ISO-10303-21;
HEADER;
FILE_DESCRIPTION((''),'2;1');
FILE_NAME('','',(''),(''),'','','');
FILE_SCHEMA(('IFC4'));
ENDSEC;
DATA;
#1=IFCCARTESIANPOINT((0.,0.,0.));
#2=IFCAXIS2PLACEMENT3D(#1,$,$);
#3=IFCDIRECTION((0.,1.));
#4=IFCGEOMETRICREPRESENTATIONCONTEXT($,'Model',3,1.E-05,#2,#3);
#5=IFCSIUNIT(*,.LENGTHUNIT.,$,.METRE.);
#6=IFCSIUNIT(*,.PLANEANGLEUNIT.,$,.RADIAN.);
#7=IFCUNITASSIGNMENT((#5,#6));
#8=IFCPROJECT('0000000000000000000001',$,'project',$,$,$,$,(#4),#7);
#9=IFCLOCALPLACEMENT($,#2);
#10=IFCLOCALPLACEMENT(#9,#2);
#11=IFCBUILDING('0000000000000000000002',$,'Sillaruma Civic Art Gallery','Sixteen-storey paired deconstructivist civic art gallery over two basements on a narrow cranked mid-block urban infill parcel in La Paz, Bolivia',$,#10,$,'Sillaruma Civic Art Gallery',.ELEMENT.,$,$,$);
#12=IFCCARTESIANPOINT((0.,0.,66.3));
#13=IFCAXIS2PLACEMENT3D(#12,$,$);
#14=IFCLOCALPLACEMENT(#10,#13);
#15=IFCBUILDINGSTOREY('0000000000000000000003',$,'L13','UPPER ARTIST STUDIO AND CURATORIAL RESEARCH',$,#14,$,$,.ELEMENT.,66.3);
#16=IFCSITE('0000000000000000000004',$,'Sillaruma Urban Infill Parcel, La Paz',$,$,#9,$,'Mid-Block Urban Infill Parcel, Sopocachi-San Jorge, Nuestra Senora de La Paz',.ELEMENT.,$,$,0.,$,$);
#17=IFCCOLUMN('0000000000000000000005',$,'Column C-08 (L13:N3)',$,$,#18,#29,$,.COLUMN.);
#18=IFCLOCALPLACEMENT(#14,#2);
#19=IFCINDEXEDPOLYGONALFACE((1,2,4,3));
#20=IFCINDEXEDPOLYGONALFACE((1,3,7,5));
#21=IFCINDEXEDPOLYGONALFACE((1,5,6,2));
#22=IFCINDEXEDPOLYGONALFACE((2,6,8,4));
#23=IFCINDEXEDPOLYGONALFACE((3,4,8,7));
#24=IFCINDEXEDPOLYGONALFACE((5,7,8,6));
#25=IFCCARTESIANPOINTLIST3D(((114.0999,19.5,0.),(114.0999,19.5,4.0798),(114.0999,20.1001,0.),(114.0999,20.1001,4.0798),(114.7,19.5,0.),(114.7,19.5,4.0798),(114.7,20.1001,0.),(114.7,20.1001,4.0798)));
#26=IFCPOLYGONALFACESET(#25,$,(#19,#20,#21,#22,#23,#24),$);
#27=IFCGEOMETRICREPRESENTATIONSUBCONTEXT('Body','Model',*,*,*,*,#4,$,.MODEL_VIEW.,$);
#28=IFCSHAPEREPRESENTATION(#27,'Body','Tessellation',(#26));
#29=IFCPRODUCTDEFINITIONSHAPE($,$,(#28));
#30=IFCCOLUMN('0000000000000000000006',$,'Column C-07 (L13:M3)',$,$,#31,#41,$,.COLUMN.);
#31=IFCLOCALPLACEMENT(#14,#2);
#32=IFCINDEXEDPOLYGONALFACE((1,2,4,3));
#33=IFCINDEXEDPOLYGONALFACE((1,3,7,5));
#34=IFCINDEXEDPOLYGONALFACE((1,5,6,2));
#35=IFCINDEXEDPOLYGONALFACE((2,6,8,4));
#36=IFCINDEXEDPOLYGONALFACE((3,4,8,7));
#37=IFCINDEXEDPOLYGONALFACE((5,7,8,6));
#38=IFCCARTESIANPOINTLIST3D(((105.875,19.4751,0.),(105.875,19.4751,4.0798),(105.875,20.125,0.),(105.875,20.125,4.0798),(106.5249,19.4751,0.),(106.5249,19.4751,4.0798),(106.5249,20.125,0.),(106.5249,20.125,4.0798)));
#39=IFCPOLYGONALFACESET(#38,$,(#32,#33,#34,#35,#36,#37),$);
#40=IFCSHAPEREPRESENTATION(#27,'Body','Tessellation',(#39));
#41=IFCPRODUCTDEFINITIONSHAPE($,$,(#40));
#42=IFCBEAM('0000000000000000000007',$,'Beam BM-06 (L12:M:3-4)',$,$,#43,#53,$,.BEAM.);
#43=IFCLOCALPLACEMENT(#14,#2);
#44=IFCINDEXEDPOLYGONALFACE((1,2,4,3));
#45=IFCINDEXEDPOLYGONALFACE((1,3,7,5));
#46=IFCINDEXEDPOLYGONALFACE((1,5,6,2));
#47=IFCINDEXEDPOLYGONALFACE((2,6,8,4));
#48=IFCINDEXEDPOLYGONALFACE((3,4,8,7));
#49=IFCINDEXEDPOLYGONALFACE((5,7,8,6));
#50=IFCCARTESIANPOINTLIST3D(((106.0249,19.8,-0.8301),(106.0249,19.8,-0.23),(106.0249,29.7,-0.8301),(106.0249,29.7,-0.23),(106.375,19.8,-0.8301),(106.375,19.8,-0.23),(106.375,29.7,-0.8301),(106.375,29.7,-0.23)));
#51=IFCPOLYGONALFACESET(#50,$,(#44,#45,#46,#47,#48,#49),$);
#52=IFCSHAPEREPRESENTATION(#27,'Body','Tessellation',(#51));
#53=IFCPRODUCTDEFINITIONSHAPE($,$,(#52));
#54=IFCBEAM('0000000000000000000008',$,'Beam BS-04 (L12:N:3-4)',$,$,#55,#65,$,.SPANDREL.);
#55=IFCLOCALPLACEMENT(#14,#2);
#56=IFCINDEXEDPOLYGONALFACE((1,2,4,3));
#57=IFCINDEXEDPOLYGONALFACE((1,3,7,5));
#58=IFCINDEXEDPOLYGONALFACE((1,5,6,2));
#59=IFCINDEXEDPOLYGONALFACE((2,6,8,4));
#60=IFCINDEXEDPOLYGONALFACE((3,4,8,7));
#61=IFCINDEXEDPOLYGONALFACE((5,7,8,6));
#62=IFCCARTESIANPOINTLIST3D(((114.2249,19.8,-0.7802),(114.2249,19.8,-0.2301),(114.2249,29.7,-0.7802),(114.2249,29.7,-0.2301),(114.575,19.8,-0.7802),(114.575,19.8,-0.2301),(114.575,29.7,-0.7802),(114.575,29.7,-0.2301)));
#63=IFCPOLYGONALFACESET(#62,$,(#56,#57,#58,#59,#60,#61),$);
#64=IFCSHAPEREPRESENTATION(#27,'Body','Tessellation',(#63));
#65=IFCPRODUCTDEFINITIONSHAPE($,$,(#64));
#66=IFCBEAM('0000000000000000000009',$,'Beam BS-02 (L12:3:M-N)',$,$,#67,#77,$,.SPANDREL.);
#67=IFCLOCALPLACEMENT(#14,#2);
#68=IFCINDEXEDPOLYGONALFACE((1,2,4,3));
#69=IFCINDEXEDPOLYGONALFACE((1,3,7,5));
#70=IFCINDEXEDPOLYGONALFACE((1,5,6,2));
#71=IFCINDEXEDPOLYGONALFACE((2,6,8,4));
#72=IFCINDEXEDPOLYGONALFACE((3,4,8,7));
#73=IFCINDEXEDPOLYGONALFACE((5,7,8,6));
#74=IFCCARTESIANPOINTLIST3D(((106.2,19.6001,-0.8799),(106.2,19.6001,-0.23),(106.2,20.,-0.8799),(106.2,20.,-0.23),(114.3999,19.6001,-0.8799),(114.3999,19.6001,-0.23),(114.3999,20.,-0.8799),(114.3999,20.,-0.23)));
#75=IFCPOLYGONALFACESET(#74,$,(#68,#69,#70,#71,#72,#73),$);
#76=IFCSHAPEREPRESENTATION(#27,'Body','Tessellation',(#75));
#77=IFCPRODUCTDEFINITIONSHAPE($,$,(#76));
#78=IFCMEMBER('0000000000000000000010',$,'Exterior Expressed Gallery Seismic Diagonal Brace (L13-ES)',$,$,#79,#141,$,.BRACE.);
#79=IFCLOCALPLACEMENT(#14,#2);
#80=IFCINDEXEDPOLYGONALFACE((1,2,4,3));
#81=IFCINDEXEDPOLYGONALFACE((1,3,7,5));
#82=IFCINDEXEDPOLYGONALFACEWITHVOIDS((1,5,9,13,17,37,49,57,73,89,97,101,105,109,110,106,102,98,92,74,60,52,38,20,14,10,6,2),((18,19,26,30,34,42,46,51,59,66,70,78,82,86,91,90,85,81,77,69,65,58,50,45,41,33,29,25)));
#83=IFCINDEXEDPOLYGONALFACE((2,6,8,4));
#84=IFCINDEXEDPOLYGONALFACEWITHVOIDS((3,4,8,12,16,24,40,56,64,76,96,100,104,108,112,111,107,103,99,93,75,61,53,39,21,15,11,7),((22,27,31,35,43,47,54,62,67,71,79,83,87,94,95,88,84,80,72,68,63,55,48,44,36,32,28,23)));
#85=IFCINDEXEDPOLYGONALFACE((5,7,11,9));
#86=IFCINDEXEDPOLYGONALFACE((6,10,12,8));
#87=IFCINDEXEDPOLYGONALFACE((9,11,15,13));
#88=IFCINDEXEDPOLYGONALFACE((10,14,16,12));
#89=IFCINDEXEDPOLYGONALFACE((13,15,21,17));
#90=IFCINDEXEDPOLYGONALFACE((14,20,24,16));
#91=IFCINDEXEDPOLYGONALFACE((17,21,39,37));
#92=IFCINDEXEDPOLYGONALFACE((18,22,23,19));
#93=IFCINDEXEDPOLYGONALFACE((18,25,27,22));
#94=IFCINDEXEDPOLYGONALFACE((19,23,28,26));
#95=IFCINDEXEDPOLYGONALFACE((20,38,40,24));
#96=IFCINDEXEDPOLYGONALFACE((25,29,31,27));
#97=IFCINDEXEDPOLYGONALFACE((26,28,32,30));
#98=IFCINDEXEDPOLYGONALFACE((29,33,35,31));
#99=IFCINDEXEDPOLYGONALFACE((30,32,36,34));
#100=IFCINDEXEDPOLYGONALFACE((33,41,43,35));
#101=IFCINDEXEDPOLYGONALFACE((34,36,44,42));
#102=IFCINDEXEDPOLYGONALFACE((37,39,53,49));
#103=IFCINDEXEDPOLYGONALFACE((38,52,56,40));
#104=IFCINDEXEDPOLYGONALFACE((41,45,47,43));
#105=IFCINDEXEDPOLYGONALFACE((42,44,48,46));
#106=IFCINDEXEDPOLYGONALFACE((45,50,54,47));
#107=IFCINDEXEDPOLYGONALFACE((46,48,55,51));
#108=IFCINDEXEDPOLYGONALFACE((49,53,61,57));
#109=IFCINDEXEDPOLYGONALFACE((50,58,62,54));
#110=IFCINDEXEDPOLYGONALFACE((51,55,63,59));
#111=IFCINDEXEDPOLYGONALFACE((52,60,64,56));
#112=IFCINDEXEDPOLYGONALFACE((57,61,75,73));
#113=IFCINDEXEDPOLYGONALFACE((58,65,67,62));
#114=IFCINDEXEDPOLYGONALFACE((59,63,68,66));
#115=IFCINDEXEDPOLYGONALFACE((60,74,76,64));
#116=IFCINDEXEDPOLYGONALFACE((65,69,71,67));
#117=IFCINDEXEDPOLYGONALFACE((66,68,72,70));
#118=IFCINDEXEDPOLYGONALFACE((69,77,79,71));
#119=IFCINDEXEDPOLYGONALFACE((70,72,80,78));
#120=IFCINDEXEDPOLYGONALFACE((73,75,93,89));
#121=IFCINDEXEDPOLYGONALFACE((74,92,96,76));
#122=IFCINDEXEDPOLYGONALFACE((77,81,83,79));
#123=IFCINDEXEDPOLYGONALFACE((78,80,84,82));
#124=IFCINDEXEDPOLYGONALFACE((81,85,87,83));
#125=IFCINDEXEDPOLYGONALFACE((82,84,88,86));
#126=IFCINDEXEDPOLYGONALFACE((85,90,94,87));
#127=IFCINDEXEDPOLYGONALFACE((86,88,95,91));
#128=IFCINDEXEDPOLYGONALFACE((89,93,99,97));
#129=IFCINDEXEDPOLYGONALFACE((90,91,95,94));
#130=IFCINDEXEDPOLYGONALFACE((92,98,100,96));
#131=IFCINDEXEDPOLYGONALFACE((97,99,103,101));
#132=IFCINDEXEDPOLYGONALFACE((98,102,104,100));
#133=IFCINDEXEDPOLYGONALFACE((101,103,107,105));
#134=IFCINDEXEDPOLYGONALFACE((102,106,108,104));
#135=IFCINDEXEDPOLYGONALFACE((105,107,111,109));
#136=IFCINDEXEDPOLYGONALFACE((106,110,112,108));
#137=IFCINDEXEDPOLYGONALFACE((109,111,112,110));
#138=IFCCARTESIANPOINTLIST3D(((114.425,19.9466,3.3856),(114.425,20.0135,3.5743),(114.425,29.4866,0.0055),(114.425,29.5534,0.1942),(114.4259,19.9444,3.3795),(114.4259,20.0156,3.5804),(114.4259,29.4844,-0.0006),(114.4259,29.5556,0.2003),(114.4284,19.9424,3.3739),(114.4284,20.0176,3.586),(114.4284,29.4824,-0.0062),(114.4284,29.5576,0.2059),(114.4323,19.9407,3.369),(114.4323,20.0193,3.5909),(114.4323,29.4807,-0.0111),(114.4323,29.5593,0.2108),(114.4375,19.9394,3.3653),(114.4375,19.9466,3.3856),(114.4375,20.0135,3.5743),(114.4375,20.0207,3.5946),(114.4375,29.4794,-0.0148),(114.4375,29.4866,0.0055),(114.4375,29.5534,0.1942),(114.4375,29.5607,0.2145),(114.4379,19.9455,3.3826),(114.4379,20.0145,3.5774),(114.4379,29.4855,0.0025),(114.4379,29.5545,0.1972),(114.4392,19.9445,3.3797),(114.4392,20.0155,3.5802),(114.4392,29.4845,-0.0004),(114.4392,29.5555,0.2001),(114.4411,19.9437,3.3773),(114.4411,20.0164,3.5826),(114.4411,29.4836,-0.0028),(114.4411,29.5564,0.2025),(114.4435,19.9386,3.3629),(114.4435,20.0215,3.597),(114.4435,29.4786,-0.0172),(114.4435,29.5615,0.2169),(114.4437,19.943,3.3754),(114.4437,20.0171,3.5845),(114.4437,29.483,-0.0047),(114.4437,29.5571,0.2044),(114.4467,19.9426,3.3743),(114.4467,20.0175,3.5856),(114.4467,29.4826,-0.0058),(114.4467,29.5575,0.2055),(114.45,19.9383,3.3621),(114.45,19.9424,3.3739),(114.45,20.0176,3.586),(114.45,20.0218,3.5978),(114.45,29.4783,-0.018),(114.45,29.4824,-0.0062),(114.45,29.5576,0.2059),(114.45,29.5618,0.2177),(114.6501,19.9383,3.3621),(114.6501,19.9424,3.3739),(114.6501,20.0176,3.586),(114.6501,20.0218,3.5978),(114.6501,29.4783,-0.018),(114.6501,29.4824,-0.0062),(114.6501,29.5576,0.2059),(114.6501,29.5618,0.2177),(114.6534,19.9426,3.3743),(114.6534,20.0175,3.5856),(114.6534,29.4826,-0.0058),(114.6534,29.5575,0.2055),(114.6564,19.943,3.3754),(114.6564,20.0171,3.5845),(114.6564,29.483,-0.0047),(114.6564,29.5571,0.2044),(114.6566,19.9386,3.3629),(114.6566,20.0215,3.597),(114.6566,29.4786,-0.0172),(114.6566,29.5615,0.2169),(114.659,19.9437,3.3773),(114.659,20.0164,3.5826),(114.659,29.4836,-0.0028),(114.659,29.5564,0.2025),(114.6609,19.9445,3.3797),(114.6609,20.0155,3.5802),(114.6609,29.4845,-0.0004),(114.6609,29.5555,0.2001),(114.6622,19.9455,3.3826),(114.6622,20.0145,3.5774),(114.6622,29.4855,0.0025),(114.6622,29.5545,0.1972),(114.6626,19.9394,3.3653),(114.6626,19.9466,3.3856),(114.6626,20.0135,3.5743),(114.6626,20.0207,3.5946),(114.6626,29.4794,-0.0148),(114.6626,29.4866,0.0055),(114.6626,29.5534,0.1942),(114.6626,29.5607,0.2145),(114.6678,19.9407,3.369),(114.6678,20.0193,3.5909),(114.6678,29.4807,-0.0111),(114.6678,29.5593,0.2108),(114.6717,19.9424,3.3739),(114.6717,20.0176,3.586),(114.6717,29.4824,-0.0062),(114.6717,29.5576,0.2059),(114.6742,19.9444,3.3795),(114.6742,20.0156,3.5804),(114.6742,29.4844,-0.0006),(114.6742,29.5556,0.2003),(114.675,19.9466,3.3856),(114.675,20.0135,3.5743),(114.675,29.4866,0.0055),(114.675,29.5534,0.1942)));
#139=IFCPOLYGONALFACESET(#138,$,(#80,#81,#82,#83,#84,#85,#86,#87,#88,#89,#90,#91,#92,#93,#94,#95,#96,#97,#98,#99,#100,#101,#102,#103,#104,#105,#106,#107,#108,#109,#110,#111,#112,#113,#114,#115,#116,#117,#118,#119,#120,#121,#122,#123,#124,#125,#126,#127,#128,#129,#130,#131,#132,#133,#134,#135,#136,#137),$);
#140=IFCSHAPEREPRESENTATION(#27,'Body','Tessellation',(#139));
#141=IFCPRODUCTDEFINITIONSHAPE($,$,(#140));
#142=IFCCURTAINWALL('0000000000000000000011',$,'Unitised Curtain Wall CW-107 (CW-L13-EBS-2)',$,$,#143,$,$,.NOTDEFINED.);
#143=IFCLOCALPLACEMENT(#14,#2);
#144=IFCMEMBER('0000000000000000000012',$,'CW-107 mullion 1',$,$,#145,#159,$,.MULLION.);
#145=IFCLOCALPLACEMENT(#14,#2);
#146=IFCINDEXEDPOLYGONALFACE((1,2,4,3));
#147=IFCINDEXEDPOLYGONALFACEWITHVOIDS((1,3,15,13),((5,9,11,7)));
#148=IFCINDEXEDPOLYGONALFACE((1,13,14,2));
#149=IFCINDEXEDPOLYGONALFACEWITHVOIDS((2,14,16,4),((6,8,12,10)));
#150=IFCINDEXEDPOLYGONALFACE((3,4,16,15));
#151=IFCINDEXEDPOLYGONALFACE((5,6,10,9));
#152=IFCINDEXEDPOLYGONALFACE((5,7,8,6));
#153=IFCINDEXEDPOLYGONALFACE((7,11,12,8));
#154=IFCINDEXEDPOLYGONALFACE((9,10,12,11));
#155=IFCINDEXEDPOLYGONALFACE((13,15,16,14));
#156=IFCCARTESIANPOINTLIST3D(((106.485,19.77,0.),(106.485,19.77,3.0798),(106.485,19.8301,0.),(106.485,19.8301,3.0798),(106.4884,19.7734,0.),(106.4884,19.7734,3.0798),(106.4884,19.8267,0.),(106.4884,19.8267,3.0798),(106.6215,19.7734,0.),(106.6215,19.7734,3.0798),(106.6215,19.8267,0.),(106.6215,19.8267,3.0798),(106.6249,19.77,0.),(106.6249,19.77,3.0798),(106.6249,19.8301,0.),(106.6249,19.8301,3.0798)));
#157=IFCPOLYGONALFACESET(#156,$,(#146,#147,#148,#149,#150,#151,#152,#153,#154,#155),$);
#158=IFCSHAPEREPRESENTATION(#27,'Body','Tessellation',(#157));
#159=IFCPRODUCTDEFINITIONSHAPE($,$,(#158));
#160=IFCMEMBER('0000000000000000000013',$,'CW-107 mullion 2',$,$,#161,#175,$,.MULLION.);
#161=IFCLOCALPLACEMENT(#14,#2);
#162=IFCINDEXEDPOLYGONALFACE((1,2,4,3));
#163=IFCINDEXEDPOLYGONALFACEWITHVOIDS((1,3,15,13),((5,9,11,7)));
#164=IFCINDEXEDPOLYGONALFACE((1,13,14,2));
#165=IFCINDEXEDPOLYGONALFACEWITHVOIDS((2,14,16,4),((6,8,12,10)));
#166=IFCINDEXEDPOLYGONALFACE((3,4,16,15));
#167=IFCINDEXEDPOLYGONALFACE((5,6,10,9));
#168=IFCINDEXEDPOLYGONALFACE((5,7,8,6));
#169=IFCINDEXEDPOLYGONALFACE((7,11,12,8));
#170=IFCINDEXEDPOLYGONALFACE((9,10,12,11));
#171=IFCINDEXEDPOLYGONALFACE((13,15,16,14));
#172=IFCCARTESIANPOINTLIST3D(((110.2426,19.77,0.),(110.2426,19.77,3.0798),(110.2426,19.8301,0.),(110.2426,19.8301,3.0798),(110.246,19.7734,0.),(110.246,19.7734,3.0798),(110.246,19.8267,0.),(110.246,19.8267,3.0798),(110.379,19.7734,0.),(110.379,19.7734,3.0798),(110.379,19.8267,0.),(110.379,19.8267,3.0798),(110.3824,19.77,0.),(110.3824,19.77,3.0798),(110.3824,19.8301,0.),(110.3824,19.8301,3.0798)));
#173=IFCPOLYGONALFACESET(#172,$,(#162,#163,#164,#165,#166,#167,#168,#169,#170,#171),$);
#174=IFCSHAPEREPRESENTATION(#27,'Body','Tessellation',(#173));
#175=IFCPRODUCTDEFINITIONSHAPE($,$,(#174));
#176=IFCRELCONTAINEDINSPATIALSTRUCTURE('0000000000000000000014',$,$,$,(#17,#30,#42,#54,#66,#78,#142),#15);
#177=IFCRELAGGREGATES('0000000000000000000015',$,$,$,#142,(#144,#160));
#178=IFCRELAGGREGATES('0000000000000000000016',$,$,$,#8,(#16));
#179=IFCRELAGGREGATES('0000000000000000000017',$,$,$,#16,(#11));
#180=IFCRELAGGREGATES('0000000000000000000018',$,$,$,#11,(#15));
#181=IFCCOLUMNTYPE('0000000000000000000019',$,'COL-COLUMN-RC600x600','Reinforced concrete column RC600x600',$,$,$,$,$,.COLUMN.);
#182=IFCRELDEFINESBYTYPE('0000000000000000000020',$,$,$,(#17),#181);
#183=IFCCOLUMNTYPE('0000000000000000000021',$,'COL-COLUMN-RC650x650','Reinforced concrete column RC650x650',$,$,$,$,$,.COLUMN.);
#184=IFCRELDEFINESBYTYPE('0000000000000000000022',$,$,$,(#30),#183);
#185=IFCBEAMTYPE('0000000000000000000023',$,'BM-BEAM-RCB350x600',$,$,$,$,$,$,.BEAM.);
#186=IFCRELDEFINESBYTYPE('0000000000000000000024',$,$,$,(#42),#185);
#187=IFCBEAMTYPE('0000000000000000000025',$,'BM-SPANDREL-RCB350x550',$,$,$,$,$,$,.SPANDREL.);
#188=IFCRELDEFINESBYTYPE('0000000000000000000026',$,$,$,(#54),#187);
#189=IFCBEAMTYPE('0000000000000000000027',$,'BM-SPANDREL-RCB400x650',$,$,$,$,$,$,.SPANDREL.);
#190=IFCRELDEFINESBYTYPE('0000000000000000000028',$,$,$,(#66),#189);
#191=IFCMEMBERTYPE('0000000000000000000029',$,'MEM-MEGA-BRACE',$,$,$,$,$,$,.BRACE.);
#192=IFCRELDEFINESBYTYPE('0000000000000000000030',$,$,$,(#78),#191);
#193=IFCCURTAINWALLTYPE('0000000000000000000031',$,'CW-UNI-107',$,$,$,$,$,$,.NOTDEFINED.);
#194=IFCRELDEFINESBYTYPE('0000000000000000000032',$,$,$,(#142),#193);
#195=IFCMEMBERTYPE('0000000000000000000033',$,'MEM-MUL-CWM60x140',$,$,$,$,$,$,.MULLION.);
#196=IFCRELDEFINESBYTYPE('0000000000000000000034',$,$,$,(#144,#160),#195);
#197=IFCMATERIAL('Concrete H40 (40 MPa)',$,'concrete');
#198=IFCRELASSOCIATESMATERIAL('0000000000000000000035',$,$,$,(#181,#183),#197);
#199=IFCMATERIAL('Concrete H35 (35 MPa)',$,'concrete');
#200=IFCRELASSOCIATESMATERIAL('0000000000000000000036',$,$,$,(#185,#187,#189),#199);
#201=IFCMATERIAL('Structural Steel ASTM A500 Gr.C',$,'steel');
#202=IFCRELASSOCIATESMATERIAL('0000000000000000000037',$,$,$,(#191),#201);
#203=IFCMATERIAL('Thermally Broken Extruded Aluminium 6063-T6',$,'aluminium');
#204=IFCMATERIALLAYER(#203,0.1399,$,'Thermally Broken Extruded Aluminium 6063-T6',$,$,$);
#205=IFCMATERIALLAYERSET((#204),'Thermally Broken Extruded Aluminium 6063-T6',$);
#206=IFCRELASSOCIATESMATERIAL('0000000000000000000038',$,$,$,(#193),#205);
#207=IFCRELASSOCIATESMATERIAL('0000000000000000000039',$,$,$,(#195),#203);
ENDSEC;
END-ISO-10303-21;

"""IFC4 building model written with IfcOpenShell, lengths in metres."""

from ifc_helpers import new_model, si_unit, direction, frame, origin, origin_2d, place, context, subcontext, project, spatial, rectangle, hollow_rectangle, extrude, material, layer, layer_set, material_profile, profile_set, type_object, element, aggregate, save


model = new_model("IFC4")

# Units and contexts
model_context = context("Model", 3, precision=1e-05, world=origin(), true_north=direction((0.0, 1.0)))
body_context = subcontext(model_context, "Body", "Model", "MODEL_VIEW")
ifc_project = project(units=[si_unit("LENGTHUNIT", "METRE"), si_unit("PLANEANGLEUNIT", "RADIAN")], contexts=[model_context])

# Site, building, storey
site_placement = place(None, origin())
site = spatial("IfcSite", under=ifc_project, at=site_placement, Name="Sillaruma Urban Infill Parcel, La Paz", LongName="Mid-Block Urban Infill Parcel, Sopocachi-San Jorge, Nuestra Senora de La Paz", CompositionType="ELEMENT", RefElevation=0.0)
building_placement = place(site_placement, origin())
building = spatial("IfcBuilding", under=site, at=building_placement, Name="Sillaruma Civic Art Gallery", Description="Sixteen-storey paired deconstructivist civic art gallery over two basements on a narrow cranked mid-block urban infill parcel in La Paz, Bolivia", LongName="Sillaruma Civic Art Gallery", CompositionType="ELEMENT")
storey_placement = place(building_placement, frame((0.0, 0.0, 66.3)))
storey = spatial("IfcBuildingStorey", under=building, at=storey_placement, Name="L13", Description="UPPER ARTIST STUDIO AND CURATORIAL RESEARCH", CompositionType="ELEMENT", Elevation=66.3)

# Columns
ifc_material_1 = material(Name="Concrete H40 (40 MPa)", Category="concrete")
ifc_material_profile_1 = material_profile(ifc_material_1, rectangle(XDim=0.6001, YDim=0.6001, at=origin_2d()), Name="RC600x600")
ifc_profile_set_1 = profile_set([ifc_material_profile_1], Name="Concrete H40 (40 MPa)")
column_type_1 = type_object("IfcColumnType", Name="COL-COLUMN-RC600x600", Description="Reinforced concrete column RC600x600", PredefinedType="COLUMN", material=ifc_profile_set_1)
column_1_placement = place(storey_placement, frame((114.3999, 19.8, 0.0), z_axis=(0.0, 0.0, 1.0), x_axis=(1.0, 0.0, 0.0)))
element("IfcColumn", 1, at=column_1_placement, inside=storey, type_object=column_type_1, Name="Column C-08 (L13:N3)", PredefinedType="COLUMN", context=body_context, shape_type="SweptSolid", body=[
    extrude(rectangle(XDim=0.6001, YDim=0.6001, at=origin_2d()), origin(), (0.0, 0.0, 1.0), 4.0798),
])
ifc_material_profile_2 = material_profile(ifc_material_1, rectangle(XDim=0.6499, YDim=0.6499, at=origin_2d()), Name="RC650x650")
ifc_profile_set_2 = profile_set([ifc_material_profile_2], Name="Concrete H40 (40 MPa)")
column_type_2 = type_object("IfcColumnType", Name="COL-COLUMN-RC650x650", Description="Reinforced concrete column RC650x650", PredefinedType="COLUMN", material=ifc_profile_set_2)
column_2_placement = place(storey_placement, frame((106.2, 19.8, 0.0), z_axis=(0.0, 0.0, 1.0), x_axis=(1.0, 0.0, 0.0)))
element("IfcColumn", 2, at=column_2_placement, inside=storey, type_object=column_type_2, Name="Column C-07 (L13:M3)", PredefinedType="COLUMN", context=body_context, shape_type="SweptSolid", body=[
    extrude(rectangle(XDim=0.6499, YDim=0.6499, at=origin_2d()), origin(), (0.0, 0.0, 1.0), 4.0798),
])

# Beams
ifc_material_2 = material(Name="Concrete H35 (35 MPa)", Category="concrete")
ifc_material_profile_3 = material_profile(ifc_material_2, rectangle(XDim=0.3501, YDim=0.6001, at=origin_2d()), Name="RCB350x600")
ifc_profile_set_3 = profile_set([ifc_material_profile_3], Name="Concrete H35 (35 MPa)")
beam_type_1 = type_object("IfcBeamType", Name="BM-BEAM-RCB350x600", PredefinedType="BEAM", material=ifc_profile_set_3)
beam_1_placement = place(storey_placement, frame((106.2, 19.8, -0.53), z_axis=(0.0, 1.0, 0.0), x_axis=(-1.0, 0.0, 0.0)))
element("IfcBeam", 3, at=beam_1_placement, inside=storey, type_object=beam_type_1, Name="Beam BM-06 (L12:M:3-4)", PredefinedType="BEAM", context=body_context, shape_type="SweptSolid", body=[
    extrude(rectangle(XDim=0.3501, YDim=0.6001, at=origin_2d()), origin(), (0.0, 0.0, 1.0), 9.8999),
])
ifc_material_profile_4 = material_profile(ifc_material_2, rectangle(XDim=0.3501, YDim=0.55, at=origin_2d()), Name="RCB350x550")
ifc_profile_set_4 = profile_set([ifc_material_profile_4], Name="Concrete H35 (35 MPa)")
beam_type_2 = type_object("IfcBeamType", Name="BM-SPANDREL-RCB350x550", PredefinedType="SPANDREL", material=ifc_profile_set_4)
beam_2_placement = place(storey_placement, frame((114.3999, 19.8, -0.5051), z_axis=(0.0, 1.0, 0.0), x_axis=(-1.0, 0.0, 0.0)))
element("IfcBeam", 4, at=beam_2_placement, inside=storey, type_object=beam_type_2, Name="Beam BS-04 (L12:N:3-4)", PredefinedType="SPANDREL", context=body_context, shape_type="SweptSolid", body=[
    extrude(rectangle(XDim=0.3501, YDim=0.55, at=origin_2d()), origin(), (0.0, 0.0, 1.0), 9.8999),
])
ifc_material_profile_5 = material_profile(ifc_material_2, rectangle(XDim=0.3999, YDim=0.6499, at=origin_2d()), Name="RCB400x650")
ifc_profile_set_5 = profile_set([ifc_material_profile_5], Name="Concrete H35 (35 MPa)")
beam_type_3 = type_object("IfcBeamType", Name="BM-SPANDREL-RCB400x650", PredefinedType="SPANDREL", material=ifc_profile_set_5)
beam_3_placement = place(storey_placement, frame((106.2, 19.8, -0.5549), z_axis=(1.0, 0.0, 0.0), x_axis=(0.0, 1.0, 0.0)))
element("IfcBeam", 5, at=beam_3_placement, inside=storey, type_object=beam_type_3, Name="Beam BS-02 (L12:3:M-N)", PredefinedType="SPANDREL", context=body_context, shape_type="SweptSolid", body=[
    extrude(rectangle(XDim=0.3999, YDim=0.6499, at=origin_2d()), origin(), (0.0, 0.0, 1.0), 8.2),
])

# Member
ifc_material_3 = material(Name="Structural Steel ASTM A500 Gr.C", Category="steel")
ifc_material_profile_6 = material_profile(ifc_material_3, hollow_rectangle(XDim=0.25, YDim=0.25, WallThickness=0.0125, InnerFilletRadius=0.0125, OuterFilletRadius=0.0249, at=origin_2d()), Name="HSS250x250x12.5")
ifc_profile_set_6 = profile_set([ifc_material_profile_6], Name="Structural Steel ASTM A500 Gr.C")
member_type_1 = type_object("IfcMemberType", Name="MEM-MEGA-BRACE", PredefinedType="BRACE", material=ifc_profile_set_6)
member_1_placement = place(storey_placement, frame((114.55, 29.52, 0.0999), z_axis=(0.0, -0.942585, 0.333967), x_axis=(1.0, 0.0, 0.0)))
element("IfcMember", 6, at=member_1_placement, inside=storey, type_object=member_type_1, Name="Exterior Expressed Gallery Seismic Diagonal Brace (L13-ES)", PredefinedType="BRACE", context=body_context, shape_type="SweptSolid", body=[
    extrude(hollow_rectangle(XDim=0.25, YDim=0.25, WallThickness=0.0125, InnerFilletRadius=0.0125, OuterFilletRadius=0.0249, at=origin_2d()), origin(), (0.0, 0.0, 1.0), 10.1211),
])

# Curtain wall, members
ifc_material_4 = material(Name="Thermally Broken Extruded Aluminium 6063-T6", Category="aluminium")
ifc_layer_1 = layer(ifc_material_4, 0.1399, Name="Thermally Broken Extruded Aluminium 6063-T6")
ifc_layer_set_1 = layer_set([ifc_layer_1], Name="Thermally Broken Extruded Aluminium 6063-T6")
curtain_wall_type = type_object("IfcCurtainWallType", Name="CW-UNI-107", PredefinedType="NOTDEFINED", material=ifc_layer_set_1)
curtain_wall_placement = place(storey_placement, origin())
curtain_wall = element("IfcCurtainWall", 7, at=curtain_wall_placement, inside=storey, type_object=curtain_wall_type, Name="Unitised Curtain Wall CW-107 (CW-L13-EBS-2)", PredefinedType="NOTDEFINED")
ifc_material_profile_7 = material_profile(ifc_material_4, hollow_rectangle(XDim=0.0601, YDim=0.1399, WallThickness=0.0034, at=origin_2d()), Name="CWM60x140")
ifc_profile_set_7 = profile_set([ifc_material_profile_7], Name="Thermally Broken Extruded Aluminium 6063-T6")
member_type_2 = type_object("IfcMemberType", Name="MEM-MUL-CWM60x140", PredefinedType="MULLION", material=ifc_profile_set_7)
member_2_placement = place(storey_placement, frame((106.5549, 19.8, 0.0), z_axis=(0.0, 0.0, 1.0), x_axis=(0.0, 1.0, 0.0)))
member_2 = element("IfcMember", 8, at=member_2_placement, type_object=member_type_2, Name="CW-107 mullion 1", PredefinedType="MULLION", context=body_context, shape_type="SweptSolid", body=[
    extrude(hollow_rectangle(XDim=0.0601, YDim=0.1399, WallThickness=0.0034, at=origin_2d()), origin(), (0.0, 0.0, 1.0), 3.0798),
])
member_3_placement = place(storey_placement, frame((110.3125, 19.8, 0.0), z_axis=(0.0, 0.0, 1.0), x_axis=(0.0, 1.0, 0.0)))
member_3 = element("IfcMember", 9, at=member_3_placement, type_object=member_type_2, Name="CW-107 mullion 2", PredefinedType="MULLION", context=body_context, shape_type="SweptSolid", body=[
    extrude(hollow_rectangle(XDim=0.0601, YDim=0.1399, WallThickness=0.0034, at=origin_2d()), origin(), (0.0, 0.0, 1.0), 3.0798),
])
aggregate(curtain_wall, [member_2, member_3])

save(model, "model.ifc")
